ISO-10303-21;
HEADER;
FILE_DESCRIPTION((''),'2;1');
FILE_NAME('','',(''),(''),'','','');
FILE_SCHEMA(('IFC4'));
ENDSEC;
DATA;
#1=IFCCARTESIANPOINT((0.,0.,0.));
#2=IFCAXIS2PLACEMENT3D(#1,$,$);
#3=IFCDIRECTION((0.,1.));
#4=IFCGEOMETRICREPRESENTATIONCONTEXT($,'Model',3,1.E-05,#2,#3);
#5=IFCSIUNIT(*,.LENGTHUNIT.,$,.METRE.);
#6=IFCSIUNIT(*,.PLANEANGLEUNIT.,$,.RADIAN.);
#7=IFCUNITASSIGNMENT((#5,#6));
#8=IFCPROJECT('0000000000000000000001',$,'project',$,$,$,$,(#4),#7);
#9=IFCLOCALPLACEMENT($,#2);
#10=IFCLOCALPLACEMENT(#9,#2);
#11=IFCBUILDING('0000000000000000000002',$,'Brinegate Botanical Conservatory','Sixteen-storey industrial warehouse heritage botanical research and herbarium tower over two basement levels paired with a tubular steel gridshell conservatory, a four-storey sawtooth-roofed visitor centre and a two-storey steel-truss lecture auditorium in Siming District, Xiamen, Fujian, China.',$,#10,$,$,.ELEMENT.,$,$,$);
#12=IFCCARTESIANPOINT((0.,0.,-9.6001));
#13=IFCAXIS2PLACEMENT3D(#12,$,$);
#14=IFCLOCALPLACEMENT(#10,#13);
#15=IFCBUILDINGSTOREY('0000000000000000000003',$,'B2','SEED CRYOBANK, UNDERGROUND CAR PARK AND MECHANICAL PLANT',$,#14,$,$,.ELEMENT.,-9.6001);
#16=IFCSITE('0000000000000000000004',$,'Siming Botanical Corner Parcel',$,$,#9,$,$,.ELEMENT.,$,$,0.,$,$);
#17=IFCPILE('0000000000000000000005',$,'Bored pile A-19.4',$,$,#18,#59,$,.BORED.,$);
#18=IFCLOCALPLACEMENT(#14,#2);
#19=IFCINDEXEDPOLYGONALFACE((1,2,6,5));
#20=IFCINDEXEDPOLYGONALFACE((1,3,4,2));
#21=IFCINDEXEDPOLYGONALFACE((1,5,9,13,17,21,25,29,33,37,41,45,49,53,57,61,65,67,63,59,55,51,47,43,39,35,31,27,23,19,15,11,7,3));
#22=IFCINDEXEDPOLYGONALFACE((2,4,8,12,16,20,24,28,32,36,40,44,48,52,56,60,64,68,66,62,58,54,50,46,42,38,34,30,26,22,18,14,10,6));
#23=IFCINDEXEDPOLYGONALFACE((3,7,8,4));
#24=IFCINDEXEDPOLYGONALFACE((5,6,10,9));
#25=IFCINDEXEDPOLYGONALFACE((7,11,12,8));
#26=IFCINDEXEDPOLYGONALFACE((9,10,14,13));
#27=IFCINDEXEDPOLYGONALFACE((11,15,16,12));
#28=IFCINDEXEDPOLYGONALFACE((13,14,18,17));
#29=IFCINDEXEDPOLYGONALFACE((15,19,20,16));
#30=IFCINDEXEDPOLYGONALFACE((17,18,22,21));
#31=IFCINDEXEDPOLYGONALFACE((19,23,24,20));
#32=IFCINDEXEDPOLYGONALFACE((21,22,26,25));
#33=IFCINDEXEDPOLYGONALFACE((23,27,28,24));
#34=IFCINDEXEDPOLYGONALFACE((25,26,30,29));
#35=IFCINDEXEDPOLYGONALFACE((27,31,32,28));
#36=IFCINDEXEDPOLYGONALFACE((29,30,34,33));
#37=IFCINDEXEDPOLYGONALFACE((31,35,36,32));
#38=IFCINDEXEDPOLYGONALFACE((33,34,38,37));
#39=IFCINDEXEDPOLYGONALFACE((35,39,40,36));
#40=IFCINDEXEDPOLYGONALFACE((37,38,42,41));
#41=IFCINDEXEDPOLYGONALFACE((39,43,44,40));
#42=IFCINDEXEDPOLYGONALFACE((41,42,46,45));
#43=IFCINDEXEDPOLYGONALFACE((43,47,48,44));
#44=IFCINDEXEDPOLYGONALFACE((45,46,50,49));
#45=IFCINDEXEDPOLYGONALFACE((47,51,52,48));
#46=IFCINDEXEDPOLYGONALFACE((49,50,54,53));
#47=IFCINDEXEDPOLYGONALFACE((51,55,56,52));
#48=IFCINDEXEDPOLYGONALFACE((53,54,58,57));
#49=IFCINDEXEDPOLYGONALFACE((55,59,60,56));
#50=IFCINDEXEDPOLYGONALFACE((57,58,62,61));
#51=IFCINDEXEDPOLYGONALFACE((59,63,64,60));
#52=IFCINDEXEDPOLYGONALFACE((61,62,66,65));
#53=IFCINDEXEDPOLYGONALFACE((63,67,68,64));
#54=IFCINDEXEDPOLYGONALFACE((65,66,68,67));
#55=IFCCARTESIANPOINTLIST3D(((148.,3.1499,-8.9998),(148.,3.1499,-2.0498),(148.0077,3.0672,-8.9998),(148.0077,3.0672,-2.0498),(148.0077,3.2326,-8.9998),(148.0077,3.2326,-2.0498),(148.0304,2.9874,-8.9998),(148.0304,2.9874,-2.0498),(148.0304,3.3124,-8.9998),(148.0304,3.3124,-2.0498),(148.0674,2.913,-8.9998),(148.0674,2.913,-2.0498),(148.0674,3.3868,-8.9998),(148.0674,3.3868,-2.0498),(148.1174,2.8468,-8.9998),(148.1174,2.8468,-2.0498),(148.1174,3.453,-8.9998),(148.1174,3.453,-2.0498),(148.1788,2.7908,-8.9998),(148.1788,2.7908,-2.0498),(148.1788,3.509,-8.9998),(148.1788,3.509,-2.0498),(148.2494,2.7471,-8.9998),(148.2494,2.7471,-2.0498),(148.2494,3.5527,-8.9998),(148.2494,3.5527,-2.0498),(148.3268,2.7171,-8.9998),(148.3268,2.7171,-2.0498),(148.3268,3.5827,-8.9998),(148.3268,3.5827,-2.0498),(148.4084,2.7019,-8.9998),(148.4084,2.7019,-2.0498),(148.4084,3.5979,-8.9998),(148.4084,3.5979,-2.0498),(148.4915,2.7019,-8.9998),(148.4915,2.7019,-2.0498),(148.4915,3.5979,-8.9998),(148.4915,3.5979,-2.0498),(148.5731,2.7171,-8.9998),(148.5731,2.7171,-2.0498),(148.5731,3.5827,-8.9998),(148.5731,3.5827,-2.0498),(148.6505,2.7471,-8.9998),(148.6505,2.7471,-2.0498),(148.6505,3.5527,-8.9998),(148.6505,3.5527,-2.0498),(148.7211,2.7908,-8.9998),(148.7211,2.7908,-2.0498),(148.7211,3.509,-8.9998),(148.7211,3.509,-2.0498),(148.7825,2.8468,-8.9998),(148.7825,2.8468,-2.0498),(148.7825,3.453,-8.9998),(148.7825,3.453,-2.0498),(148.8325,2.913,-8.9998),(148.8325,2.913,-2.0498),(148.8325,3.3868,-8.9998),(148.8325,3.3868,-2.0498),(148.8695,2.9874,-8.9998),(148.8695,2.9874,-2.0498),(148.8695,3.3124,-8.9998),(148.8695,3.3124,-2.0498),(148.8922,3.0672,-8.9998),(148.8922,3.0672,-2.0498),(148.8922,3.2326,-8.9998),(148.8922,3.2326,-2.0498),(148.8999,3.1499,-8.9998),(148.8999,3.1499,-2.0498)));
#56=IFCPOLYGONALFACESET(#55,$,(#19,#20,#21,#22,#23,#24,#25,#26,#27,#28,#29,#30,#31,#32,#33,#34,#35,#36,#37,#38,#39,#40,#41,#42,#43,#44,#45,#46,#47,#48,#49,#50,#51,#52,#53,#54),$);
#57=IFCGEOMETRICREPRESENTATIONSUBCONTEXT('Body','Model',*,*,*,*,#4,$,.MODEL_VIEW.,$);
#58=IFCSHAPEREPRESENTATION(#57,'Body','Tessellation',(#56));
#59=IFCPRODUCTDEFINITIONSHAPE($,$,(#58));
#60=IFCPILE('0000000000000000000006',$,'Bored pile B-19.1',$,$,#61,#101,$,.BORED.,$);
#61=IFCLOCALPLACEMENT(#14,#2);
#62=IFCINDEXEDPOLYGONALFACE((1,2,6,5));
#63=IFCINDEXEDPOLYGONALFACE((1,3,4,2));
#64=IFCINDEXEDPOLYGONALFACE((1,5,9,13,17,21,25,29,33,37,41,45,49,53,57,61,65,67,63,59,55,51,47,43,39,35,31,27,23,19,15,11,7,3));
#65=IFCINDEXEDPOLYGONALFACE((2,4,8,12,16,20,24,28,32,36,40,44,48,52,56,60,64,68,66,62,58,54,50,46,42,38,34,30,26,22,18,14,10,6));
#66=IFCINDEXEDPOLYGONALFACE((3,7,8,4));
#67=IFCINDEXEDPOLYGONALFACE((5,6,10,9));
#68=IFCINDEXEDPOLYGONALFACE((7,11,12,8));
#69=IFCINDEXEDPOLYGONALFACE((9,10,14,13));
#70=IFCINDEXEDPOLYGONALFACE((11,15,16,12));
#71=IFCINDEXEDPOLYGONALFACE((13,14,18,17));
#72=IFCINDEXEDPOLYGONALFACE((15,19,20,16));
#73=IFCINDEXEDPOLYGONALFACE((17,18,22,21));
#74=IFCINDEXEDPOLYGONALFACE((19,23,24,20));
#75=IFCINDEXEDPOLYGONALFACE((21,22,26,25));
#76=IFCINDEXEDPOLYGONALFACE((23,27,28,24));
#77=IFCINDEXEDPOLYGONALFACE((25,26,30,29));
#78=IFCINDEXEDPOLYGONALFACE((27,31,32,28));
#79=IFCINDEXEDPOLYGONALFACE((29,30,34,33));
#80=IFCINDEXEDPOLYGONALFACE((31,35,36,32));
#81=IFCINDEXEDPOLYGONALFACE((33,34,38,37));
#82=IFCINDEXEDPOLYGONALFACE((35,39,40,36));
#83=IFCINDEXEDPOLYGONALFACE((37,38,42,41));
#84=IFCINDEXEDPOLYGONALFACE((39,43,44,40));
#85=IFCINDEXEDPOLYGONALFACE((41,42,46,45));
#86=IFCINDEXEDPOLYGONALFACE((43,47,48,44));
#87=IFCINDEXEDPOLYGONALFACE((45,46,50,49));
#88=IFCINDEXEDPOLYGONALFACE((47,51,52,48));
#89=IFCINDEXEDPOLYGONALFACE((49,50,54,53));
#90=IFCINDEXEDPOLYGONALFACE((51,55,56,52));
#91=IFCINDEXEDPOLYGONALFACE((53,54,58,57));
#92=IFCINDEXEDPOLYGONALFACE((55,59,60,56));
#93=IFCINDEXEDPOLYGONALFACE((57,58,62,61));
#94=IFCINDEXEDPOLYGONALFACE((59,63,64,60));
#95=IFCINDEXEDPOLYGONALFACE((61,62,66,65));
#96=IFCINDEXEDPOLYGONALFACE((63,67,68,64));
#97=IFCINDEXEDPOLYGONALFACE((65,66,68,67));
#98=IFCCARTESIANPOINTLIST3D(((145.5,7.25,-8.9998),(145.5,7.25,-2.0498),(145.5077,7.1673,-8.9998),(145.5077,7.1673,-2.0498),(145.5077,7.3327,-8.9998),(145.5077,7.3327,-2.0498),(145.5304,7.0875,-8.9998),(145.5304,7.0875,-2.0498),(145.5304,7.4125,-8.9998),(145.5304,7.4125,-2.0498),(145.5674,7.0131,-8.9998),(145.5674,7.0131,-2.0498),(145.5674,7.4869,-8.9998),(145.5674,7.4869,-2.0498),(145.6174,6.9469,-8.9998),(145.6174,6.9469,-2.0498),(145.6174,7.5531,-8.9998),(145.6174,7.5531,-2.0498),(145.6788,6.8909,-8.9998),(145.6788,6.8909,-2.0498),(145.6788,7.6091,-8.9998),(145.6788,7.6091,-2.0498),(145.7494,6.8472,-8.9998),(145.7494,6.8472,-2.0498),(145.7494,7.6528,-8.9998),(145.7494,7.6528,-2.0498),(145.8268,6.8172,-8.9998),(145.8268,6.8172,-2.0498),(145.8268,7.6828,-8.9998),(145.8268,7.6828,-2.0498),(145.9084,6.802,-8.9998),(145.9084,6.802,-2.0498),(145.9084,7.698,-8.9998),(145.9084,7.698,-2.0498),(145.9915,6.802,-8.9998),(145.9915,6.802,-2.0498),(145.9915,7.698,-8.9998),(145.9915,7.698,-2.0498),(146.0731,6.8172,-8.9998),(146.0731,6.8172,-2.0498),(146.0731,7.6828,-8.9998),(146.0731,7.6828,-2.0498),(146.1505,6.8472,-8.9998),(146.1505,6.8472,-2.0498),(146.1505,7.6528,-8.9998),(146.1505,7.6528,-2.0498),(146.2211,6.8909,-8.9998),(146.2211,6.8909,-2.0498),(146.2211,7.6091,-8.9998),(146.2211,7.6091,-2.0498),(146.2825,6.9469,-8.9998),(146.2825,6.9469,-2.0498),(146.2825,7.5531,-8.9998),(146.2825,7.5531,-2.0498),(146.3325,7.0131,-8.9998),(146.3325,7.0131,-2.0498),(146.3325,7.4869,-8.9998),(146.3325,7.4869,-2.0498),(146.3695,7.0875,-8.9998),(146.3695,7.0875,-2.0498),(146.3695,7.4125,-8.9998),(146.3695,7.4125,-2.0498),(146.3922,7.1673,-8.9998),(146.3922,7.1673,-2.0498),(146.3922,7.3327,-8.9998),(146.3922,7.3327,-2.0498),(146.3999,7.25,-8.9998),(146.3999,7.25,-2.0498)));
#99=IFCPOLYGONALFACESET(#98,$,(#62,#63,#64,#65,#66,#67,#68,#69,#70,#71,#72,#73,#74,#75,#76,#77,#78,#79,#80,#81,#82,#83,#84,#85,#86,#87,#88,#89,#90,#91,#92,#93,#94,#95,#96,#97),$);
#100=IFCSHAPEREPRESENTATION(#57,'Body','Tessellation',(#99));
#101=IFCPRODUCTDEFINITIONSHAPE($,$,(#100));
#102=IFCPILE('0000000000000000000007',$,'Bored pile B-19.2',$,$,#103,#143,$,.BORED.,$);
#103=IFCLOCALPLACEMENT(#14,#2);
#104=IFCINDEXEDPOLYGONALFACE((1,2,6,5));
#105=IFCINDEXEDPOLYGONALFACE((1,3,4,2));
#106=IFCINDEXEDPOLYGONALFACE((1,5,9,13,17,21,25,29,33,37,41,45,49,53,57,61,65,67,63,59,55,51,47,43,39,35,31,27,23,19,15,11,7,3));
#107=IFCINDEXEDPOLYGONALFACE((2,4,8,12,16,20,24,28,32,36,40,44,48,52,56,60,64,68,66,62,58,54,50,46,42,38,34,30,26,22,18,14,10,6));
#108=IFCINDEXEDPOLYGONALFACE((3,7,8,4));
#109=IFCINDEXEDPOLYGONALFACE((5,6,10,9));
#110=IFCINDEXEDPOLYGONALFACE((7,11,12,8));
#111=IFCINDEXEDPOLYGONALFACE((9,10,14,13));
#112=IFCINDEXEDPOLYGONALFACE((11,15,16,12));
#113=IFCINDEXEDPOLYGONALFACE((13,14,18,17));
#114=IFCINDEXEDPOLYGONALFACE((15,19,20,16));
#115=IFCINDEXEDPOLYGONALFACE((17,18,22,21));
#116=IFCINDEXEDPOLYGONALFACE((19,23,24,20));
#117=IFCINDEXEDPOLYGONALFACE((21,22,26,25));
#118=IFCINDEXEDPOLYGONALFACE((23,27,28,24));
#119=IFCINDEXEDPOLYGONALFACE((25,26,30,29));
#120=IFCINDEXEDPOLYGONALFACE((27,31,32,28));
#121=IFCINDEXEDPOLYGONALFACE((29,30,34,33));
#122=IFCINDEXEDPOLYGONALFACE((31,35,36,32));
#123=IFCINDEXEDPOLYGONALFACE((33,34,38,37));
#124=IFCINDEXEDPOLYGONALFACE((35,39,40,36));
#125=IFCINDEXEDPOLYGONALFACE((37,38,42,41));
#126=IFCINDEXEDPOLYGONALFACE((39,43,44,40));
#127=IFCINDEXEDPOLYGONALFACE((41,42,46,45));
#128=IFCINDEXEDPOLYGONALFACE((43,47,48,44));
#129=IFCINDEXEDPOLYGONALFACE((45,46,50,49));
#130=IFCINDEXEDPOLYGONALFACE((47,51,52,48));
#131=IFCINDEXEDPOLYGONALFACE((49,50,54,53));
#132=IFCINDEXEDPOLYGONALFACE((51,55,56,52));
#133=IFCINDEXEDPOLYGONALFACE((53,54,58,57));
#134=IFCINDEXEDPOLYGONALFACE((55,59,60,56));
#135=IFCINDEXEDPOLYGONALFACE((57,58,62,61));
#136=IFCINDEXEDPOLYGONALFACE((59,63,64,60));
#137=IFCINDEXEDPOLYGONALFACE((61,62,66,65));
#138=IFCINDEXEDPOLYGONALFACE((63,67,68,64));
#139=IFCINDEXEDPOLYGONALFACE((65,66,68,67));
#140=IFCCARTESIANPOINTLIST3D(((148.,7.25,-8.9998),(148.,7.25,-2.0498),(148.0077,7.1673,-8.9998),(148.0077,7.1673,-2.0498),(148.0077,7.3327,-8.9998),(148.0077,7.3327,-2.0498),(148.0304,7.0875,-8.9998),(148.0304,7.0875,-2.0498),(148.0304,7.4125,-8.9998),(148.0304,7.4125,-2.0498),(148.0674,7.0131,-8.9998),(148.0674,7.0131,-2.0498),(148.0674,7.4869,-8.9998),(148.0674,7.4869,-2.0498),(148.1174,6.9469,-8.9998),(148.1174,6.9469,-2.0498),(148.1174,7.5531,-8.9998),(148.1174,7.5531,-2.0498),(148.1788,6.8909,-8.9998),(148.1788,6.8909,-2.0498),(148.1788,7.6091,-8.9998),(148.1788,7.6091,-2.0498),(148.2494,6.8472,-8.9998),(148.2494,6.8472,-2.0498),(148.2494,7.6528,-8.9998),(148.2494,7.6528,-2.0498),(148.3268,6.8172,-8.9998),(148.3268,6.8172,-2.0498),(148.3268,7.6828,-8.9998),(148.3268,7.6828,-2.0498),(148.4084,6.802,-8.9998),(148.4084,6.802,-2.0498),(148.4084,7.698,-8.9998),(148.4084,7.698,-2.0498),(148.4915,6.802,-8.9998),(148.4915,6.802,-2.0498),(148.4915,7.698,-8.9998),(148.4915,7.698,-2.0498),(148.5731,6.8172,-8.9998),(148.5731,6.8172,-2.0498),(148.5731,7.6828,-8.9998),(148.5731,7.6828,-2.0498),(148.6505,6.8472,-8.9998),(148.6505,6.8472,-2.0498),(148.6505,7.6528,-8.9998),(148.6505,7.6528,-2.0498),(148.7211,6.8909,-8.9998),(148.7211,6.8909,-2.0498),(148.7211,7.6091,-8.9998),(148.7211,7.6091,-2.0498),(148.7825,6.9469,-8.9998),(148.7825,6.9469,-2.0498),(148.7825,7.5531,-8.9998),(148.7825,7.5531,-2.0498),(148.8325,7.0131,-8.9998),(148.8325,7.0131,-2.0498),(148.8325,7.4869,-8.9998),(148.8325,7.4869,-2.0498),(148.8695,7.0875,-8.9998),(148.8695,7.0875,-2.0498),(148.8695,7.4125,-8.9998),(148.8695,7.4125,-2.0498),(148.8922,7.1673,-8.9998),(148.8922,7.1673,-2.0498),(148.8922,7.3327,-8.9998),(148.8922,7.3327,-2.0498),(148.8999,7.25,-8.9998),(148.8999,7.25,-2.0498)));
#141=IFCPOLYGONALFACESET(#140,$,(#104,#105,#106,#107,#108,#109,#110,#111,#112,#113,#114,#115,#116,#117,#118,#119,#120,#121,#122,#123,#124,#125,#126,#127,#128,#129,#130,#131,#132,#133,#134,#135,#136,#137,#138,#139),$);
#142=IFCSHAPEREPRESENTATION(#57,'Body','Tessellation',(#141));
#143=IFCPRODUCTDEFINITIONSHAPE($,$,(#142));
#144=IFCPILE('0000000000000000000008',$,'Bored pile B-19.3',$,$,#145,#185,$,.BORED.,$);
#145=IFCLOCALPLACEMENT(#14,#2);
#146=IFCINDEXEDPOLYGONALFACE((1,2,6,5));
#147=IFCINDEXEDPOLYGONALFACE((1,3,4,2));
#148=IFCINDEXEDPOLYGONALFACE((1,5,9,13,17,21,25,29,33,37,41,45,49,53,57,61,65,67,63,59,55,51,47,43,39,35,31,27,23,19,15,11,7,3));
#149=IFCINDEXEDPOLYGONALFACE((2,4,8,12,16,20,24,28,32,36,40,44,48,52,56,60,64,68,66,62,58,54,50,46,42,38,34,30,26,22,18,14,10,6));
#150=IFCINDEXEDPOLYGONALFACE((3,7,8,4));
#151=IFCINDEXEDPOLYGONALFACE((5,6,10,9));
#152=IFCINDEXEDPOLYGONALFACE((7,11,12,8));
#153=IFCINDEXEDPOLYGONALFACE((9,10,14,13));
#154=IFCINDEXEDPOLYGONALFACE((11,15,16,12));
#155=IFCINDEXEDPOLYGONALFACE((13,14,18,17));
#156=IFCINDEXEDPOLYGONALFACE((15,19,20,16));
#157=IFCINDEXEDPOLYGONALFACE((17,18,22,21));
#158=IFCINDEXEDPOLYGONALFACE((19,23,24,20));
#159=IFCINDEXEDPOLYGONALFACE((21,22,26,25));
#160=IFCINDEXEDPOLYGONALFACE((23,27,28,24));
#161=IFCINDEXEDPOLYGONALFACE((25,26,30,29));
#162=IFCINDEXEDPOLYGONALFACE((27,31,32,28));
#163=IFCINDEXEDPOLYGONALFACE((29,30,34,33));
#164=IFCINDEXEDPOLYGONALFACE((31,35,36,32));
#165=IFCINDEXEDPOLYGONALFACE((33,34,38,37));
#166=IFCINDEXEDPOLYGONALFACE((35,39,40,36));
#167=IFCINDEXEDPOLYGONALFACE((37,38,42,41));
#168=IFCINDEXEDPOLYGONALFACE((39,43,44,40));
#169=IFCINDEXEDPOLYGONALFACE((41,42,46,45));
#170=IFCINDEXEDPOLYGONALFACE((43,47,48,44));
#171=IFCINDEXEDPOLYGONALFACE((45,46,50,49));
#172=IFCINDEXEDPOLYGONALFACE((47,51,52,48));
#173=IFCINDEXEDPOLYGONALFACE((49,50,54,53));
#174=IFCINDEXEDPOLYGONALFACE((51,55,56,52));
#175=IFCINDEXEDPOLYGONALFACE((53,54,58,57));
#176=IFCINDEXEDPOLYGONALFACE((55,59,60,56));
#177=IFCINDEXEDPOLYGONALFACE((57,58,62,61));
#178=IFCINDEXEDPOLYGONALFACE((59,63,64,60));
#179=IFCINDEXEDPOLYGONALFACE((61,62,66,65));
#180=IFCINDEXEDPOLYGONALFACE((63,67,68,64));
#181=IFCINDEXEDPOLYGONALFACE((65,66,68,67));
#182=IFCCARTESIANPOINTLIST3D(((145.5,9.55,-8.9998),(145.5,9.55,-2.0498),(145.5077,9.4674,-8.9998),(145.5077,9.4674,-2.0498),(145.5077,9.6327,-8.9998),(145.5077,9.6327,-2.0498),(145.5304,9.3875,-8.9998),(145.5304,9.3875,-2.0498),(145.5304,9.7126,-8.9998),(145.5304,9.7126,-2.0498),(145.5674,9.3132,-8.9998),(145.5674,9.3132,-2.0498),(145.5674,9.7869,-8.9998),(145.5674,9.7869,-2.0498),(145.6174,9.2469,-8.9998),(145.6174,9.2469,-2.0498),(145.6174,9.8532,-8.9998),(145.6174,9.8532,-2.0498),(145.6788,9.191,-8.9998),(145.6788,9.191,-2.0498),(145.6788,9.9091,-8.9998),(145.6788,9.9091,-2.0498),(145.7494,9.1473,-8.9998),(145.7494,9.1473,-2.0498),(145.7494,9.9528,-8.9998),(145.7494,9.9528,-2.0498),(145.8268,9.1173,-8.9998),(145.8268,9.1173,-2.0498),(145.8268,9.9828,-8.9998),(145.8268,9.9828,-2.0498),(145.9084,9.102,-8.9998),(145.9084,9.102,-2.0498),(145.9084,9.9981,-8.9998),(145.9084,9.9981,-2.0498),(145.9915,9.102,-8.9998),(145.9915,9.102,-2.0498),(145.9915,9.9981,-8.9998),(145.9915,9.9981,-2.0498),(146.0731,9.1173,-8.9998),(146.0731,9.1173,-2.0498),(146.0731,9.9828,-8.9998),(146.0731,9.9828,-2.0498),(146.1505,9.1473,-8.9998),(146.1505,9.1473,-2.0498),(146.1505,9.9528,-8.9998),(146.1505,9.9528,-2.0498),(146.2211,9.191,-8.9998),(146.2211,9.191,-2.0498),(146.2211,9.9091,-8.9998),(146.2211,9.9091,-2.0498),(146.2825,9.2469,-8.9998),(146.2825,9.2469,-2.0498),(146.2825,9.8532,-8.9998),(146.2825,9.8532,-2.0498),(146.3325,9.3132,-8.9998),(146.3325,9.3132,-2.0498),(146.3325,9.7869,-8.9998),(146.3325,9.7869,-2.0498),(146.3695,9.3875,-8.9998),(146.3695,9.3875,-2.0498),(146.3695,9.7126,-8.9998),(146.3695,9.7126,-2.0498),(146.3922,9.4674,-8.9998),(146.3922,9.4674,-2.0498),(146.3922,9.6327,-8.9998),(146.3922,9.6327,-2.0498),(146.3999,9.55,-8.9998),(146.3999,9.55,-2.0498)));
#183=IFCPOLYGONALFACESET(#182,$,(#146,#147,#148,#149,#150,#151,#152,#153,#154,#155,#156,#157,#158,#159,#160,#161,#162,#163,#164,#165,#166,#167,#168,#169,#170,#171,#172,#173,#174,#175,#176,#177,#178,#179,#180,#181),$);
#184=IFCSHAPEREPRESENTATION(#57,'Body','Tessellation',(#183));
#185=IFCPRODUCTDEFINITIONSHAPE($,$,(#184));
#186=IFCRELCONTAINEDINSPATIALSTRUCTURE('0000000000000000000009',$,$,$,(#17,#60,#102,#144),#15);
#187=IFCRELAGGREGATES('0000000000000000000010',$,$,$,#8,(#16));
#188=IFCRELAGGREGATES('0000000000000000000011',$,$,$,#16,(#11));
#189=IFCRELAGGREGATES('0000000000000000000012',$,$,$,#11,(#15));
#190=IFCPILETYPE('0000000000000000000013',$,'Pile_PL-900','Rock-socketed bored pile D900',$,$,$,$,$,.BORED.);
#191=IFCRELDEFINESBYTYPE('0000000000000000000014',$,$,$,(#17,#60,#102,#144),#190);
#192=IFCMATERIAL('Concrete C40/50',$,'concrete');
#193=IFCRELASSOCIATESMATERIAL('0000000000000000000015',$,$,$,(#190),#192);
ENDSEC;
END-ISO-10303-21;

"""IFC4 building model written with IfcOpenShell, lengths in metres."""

from ifc_helpers import new_model, si_unit, direction, frame, origin, origin_2d, place, context, subcontext, project, spatial, circle, extrude, material, material_profile, profile_set, type_object, element, save


model = new_model("IFC4")

# Units and contexts
model_context = context("Model", 3, precision=1e-05, world=origin(), true_north=direction((0.0, 1.0)))
body_context = subcontext(model_context, "Body", "Model", "MODEL_VIEW")
ifc_project = project(units=[si_unit("LENGTHUNIT", "METRE"), si_unit("PLANEANGLEUNIT", "RADIAN")], contexts=[model_context])

# Site, building, storey
site_placement = place(None, origin())
site = spatial("IfcSite", under=ifc_project, at=site_placement, Name="Siming Botanical Corner Parcel", CompositionType="ELEMENT", RefElevation=0.0)
building_placement = place(site_placement, origin())
building = spatial("IfcBuilding", under=site, at=building_placement, Name="Brinegate Botanical Conservatory", Description="Sixteen-storey industrial warehouse heritage botanical research and herbarium tower over two basement levels paired with a tubular steel gridshell conservatory, a four-storey sawtooth-roofed visitor centre and a two-storey steel-truss lecture auditorium in Siming District, Xiamen, Fujian, China.", CompositionType="ELEMENT")
storey_placement = place(building_placement, frame((0.0, 0.0, -9.6001)))
storey = spatial("IfcBuildingStorey", under=building, at=storey_placement, Name="B2", Description="SEED CRYOBANK, UNDERGROUND CAR PARK AND MECHANICAL PLANT", CompositionType="ELEMENT", Elevation=-9.6001)

# Shared definitions
ifc_material_1 = material(Name="Concrete C40/50", Category="concrete")

# Piles
ifc_material_profile_1 = material_profile(ifc_material_1, circle(Radius=0.45, at=origin_2d()), Name="PILE D900")
ifc_profile_set_1 = profile_set([ifc_material_profile_1], Name="Concrete C40/50")
pile_type = type_object("IfcPileType", Name="Pile_PL-900", Description="Rock-socketed bored pile D900", PredefinedType="BORED", material=ifc_profile_set_1)
for number, where, z_axis, x_axis, name in (
    (1, (148.45, 3.1499, -2.0498), (0.0, 0.0, -1.0), (1.0, 0.0, 0.0), "Bored pile A-19.4"),
    (2, (145.95, 7.25, -2.0498), (0.0, 0.0, -1.0), (1.0, 0.0, 0.0), "Bored pile B-19.1"),
    (3, (148.45, 7.25, -2.0498), (0.0, 0.0, -1.0), (1.0, 0.0, 0.0), "Bored pile B-19.2"),
    (4, (145.95, 9.55, -2.0498), (0.0, 0.0, -1.0), (1.0, 0.0, 0.0), "Bored pile B-19.3"),
):
    element("IfcPile", number, at=place(storey_placement, frame(where, z_axis=z_axis, x_axis=x_axis)), inside=storey, type_object=pile_type, Name=name, PredefinedType="BORED", context=body_context, shape_type="SweptSolid", body=[
        extrude(circle(Radius=0.45, at=origin_2d()), origin(), (0.0, 0.0, 1.0), 6.95),
    ])

save(model, "model.ifc")
